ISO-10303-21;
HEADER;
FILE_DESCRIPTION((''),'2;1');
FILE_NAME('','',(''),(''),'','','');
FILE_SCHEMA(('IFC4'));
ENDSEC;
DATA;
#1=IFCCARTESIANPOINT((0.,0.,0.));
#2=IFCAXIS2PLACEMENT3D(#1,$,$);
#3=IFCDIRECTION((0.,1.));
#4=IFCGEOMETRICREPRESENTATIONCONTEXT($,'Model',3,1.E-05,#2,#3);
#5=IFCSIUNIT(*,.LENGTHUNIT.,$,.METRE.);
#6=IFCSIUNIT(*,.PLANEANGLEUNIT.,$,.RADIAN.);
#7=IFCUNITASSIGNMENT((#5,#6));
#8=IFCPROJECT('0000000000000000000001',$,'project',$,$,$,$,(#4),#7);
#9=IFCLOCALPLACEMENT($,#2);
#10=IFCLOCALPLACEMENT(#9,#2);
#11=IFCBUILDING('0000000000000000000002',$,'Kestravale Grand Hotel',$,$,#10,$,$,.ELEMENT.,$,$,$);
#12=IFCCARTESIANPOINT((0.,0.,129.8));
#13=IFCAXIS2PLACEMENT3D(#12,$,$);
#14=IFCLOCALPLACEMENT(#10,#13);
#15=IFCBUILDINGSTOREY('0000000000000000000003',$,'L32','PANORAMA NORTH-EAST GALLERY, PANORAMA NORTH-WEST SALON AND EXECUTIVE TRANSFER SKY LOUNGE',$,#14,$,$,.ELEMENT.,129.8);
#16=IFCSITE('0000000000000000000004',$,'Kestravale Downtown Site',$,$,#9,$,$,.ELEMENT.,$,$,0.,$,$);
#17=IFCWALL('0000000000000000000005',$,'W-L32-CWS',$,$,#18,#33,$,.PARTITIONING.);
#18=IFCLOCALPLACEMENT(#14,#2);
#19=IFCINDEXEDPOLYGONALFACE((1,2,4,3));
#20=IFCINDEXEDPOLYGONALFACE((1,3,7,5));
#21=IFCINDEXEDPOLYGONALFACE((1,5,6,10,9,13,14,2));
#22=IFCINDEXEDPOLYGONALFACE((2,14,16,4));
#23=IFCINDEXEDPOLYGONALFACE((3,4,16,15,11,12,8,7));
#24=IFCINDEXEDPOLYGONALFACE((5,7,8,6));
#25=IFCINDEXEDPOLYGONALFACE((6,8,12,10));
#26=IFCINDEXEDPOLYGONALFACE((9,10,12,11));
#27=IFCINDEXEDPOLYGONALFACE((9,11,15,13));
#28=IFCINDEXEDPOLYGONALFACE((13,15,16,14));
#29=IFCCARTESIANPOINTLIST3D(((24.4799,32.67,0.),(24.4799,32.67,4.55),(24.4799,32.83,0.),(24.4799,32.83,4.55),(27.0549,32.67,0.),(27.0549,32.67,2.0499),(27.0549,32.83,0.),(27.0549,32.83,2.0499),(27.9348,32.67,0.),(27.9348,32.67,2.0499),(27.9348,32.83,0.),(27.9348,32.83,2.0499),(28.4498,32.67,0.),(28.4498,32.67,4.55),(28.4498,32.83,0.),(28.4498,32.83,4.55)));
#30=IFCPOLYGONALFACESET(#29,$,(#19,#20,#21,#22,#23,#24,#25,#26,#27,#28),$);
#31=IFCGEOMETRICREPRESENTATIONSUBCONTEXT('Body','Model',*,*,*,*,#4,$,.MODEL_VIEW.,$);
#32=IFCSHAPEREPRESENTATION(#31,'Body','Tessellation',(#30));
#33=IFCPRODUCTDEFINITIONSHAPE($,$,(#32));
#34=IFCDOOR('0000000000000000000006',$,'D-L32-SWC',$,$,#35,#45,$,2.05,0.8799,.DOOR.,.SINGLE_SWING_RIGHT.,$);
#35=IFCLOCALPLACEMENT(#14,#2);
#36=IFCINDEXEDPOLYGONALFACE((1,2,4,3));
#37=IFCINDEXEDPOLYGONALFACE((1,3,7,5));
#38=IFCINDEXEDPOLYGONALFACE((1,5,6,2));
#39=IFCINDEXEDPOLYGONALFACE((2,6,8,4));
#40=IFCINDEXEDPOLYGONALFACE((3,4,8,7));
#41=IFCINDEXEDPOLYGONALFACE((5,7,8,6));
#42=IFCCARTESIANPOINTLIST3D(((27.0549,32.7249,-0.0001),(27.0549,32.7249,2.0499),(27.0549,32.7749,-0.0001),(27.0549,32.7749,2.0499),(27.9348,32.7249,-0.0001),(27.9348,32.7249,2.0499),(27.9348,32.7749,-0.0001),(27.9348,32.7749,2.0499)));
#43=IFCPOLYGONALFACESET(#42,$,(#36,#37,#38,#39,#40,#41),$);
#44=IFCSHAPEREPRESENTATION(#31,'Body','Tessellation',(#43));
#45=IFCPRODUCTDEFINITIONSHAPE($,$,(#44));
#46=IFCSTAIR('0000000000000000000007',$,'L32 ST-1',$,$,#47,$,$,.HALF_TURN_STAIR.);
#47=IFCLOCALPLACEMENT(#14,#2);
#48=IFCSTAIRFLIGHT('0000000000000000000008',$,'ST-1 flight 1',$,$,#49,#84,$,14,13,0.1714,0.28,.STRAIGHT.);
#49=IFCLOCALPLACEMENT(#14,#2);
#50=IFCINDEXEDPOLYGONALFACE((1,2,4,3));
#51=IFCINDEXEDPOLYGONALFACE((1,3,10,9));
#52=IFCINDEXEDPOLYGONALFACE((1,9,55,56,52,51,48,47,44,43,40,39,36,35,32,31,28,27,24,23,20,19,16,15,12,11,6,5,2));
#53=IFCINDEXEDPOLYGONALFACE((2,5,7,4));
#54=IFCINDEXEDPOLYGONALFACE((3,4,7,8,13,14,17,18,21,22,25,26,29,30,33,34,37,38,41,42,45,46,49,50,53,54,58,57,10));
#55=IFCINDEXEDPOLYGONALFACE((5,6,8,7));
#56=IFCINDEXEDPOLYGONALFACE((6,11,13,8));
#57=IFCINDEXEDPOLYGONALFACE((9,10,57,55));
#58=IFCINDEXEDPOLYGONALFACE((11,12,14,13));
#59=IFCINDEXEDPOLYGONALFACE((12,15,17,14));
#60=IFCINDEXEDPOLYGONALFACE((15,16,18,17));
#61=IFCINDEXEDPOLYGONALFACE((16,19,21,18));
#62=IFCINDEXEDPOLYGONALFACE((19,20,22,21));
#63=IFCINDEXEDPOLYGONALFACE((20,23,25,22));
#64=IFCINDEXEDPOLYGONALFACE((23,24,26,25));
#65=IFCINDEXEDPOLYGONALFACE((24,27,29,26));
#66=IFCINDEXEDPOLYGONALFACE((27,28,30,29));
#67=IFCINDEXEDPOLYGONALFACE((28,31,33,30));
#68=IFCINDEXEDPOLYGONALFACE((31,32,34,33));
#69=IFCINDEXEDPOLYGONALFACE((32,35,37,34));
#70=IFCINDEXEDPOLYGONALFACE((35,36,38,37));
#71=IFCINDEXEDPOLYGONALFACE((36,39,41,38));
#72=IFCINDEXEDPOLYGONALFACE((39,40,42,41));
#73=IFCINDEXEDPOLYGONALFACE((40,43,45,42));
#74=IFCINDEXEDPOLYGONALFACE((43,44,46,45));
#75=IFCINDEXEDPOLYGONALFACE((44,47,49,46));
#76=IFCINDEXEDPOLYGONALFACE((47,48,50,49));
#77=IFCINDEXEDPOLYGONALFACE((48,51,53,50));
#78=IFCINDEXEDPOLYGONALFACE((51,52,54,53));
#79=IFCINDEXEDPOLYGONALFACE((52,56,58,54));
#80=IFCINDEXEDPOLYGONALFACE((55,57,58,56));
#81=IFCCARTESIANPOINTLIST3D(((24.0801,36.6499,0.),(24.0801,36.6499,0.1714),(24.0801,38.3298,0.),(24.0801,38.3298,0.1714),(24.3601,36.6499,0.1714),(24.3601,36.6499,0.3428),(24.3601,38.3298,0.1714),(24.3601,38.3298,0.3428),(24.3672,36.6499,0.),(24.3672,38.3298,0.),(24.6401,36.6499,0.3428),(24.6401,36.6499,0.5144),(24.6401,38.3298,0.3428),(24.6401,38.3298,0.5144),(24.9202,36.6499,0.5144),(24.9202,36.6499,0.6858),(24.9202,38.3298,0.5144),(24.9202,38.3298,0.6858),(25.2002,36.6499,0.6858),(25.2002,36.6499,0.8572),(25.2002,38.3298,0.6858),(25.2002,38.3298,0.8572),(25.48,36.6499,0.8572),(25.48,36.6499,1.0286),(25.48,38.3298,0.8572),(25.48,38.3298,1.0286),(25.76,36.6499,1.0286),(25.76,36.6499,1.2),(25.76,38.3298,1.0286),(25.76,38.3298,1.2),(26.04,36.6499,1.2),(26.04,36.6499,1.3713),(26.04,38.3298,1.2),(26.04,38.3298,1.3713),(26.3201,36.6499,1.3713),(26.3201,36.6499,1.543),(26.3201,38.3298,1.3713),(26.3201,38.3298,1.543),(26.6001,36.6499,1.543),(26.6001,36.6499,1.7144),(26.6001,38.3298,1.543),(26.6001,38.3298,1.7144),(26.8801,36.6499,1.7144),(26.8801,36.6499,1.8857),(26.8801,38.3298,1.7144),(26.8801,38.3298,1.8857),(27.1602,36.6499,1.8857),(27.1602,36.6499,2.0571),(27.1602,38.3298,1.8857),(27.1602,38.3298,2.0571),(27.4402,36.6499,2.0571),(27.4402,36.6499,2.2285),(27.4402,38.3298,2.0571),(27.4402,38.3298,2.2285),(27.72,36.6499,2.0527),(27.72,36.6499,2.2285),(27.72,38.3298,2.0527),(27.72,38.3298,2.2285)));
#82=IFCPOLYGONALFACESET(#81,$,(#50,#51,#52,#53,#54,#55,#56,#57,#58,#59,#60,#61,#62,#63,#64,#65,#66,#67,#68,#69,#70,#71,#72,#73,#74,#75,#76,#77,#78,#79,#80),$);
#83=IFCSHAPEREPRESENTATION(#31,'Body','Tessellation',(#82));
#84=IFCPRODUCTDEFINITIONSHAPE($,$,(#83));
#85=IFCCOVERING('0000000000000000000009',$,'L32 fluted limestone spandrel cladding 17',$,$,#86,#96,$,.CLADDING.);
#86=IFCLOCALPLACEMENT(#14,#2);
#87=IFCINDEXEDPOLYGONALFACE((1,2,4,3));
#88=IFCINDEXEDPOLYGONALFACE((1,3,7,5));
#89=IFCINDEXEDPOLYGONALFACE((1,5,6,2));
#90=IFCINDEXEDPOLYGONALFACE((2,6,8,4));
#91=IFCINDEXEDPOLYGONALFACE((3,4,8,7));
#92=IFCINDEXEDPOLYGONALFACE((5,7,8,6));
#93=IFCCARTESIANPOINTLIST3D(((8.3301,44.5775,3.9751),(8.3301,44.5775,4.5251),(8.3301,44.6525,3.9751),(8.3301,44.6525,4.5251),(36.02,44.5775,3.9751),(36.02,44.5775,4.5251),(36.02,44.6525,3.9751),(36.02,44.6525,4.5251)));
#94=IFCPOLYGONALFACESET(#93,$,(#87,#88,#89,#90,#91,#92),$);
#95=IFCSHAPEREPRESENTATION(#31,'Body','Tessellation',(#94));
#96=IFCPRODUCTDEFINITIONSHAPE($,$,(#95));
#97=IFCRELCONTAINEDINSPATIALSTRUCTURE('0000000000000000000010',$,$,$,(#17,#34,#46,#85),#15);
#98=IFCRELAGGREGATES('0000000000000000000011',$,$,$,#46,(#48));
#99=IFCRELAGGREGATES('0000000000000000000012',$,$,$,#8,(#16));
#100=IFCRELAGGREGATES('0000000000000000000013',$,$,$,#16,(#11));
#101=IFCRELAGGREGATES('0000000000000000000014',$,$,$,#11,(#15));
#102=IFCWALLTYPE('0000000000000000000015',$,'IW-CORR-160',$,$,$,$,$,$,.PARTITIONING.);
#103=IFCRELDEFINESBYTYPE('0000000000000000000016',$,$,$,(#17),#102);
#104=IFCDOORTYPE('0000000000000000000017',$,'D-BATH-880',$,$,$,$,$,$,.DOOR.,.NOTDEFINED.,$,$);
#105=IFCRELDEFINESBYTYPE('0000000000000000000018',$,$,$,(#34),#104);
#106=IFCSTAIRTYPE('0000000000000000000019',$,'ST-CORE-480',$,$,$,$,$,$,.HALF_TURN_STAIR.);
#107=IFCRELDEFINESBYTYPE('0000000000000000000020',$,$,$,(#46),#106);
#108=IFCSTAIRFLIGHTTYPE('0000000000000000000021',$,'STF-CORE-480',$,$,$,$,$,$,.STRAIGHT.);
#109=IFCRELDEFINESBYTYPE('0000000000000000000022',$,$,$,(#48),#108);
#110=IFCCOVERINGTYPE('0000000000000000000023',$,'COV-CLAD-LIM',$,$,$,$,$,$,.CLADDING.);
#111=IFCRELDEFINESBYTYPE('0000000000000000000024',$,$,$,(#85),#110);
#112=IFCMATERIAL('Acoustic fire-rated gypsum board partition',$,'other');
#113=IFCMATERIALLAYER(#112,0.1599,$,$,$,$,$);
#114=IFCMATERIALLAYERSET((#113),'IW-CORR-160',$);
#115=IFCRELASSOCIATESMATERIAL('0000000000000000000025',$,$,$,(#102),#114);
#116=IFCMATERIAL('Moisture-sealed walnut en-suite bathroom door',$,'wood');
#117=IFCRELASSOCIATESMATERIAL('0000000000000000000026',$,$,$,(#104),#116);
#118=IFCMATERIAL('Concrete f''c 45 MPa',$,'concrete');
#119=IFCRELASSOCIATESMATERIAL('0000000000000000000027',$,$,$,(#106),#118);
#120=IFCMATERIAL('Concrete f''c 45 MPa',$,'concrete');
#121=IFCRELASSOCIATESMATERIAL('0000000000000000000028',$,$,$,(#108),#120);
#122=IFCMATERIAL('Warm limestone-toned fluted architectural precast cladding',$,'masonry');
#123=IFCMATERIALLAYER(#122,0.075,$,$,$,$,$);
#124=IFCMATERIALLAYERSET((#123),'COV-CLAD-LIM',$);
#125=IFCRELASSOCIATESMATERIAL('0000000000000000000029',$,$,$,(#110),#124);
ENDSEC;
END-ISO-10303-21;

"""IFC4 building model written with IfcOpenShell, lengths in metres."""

from ifc_helpers import new_model, si_unit, direction, frame, frame_2d, origin, origin_2d, place, context, subcontext, project, spatial, polyline, rectangle, outline, extrude, material, layer, layer_set, type_object, element, fill, aggregate, save


model = new_model("IFC4")

# Units and contexts
model_context = context("Model", 3, precision=1e-05, world=origin(), true_north=direction((0.0, 1.0)))
body_context = subcontext(model_context, "Body", "Model", "MODEL_VIEW")
ifc_project = project(units=[si_unit("LENGTHUNIT", "METRE"), si_unit("PLANEANGLEUNIT", "RADIAN")], contexts=[model_context])

# Site, building, storey
site_placement = place(None, origin())
site = spatial("IfcSite", under=ifc_project, at=site_placement, Name="Kestravale Downtown Site", CompositionType="ELEMENT", RefElevation=0.0)
building_placement = place(site_placement, origin())
building = spatial("IfcBuilding", under=site, at=building_placement, Name="Kestravale Grand Hotel", CompositionType="ELEMENT")
storey_placement = place(building_placement, frame((0.0, 0.0, 129.8)))
storey = spatial("IfcBuildingStorey", under=building, at=storey_placement, Name="L32", Description="PANORAMA NORTH-EAST GALLERY, PANORAMA NORTH-WEST SALON AND EXECUTIVE TRANSFER SKY LOUNGE", CompositionType="ELEMENT", Elevation=129.8)

# Wall, opening, door
ifc_material_1 = material(Name="Acoustic fire-rated gypsum board partition", Category="other")
ifc_layer_1 = layer(ifc_material_1, 0.1599)
ifc_layer_set_1 = layer_set([ifc_layer_1], Name="IW-CORR-160")
wall_type_1 = type_object("IfcWallType", Name="IW-CORR-160", PredefinedType="PARTITIONING", material=ifc_layer_set_1)
wall_1_placement = place(storey_placement, frame((24.48, 32.75, 0.0), z_axis=(0.0, 0.0, 1.0), x_axis=(1.0, 0.0, 0.0)))
wall_1 = element("IfcWall", 1, at=wall_1_placement, inside=storey, type_object=wall_type_1, Name="W-L32-CWS", PredefinedType="PARTITIONING", context=body_context, shape_type="SweptSolid", body=[
    extrude(rectangle(XDim=3.97, YDim=0.1599, at=frame_2d((1.9849, 0.0))), origin(), (0.0, 0.0, 1.0), 4.55),
])
opening_1_placement = place(wall_1_placement, frame((2.575, 0.0, 0.0)))
opening_1 = element("IfcOpeningElement", 2, at=opening_1_placement, cuts=wall_1, PredefinedType="OPENING", context=body_context, shape_type="SweptSolid", body=[
    extrude(rectangle(XDim=0.8799, YDim=2.05, at=frame_2d((0.4399, 1.0249))), frame((0.0, 0.0898, 0.0), z_axis=(0.0, -1.0, 0.0), x_axis=(1.0, 0.0, 0.0)), (0.0, 0.0, 1.0), 0.1799),
])
ifc_material_2 = material(Name="Moisture-sealed walnut en-suite bathroom door", Category="wood")
door_type_1 = type_object("IfcDoorType", Name="D-BATH-880", OperationType="NOTDEFINED", PredefinedType="DOOR", material=ifc_material_2)
door_1_placement = place(opening_1_placement, origin())
door_1 = element("IfcDoor", 3, at=door_1_placement, inside=storey, type_object=door_type_1, Name="D-L32-SWC", OperationType="SINGLE_SWING_RIGHT", OverallHeight=2.05, OverallWidth=0.8799, PredefinedType="DOOR", context=body_context, shape_type="SweptSolid", body=[
    extrude(rectangle(XDim=0.8799, YDim=2.05, at=frame_2d((0.4399, 1.0249))), frame((0.0, 0.0249, 0.0), z_axis=(0.0, -1.0, 0.0), x_axis=(1.0, 0.0, 0.0)), (0.0, 0.0, 1.0), 0.05),
])
fill(opening_1, door_1)

# Stair, stair flight
ifc_material_3 = material(Name="Concrete f'c 45 MPa", Category="concrete")
stair_type = type_object("IfcStairType", Name="ST-CORE-480", PredefinedType="HALF_TURN_STAIR", material=ifc_material_3)
stair_placement = place(storey_placement, origin())
stair = element("IfcStair", 4, at=stair_placement, inside=storey, type_object=stair_type, Name="L32 ST-1", PredefinedType="HALF_TURN_STAIR")
ifc_material_4 = material(Name="Concrete f'c 45 MPa", Category="concrete")
stair_flight_type = type_object("IfcStairFlightType", Name="STF-CORE-480", PredefinedType="STRAIGHT", material=ifc_material_4)
stair_flight_placement = place(storey_placement, frame((24.0801, 37.49, 0.0), z_axis=(0.0, 0.0, 1.0), x_axis=(1.0, 0.0, 0.0)))
stair_flight = element("IfcStairFlight", 5, at=stair_flight_placement, type_object=stair_flight_type, Name="ST-1 flight 1", NumberOfRisers=14, NumberOfTreads=13, PredefinedType="STRAIGHT", RiserHeight=0.1714, TreadLength=0.28, context=body_context, shape_type="SweptSolid", body=[
    extrude(outline(polyline([(0.0, 0.0), (0.0, 0.1714), (0.28, 0.1714), (0.28, 0.3428), (0.5601, 0.3428), (0.5601, 0.5144), (0.8401, 0.5144), (0.8401, 0.6858), (1.1201, 0.6858), (1.1201, 0.8572), (1.3999, 0.8572), (1.3999, 1.0286), (1.6799, 1.0286), (1.6799, 1.2), (1.96, 1.2), (1.96, 1.3713), (2.24, 1.3713), (2.24, 1.543), (2.52, 1.543), (2.52, 1.7144), (2.8, 1.7144), (2.8, 1.8857), (3.0801, 1.8857), (3.0801, 2.0571), (3.3601, 2.0571), (3.3601, 2.2285), (3.6399, 2.2285), (3.6399, 2.3999), (3.6399, 2.0527), (0.2871, 0.0), (0.0, 0.0)])), frame((0.0, 0.8398, 0.0), z_axis=(0.0, -1.0, 0.0), x_axis=(1.0, 0.0, 0.0)), (0.0, 0.0, 1.0), 1.6799),
])
aggregate(stair, [stair_flight])

# Covering
ifc_material_5 = material(Name="Warm limestone-toned fluted architectural precast cladding", Category="masonry")
ifc_layer_2 = layer(ifc_material_5, 0.075)
ifc_layer_set_2 = layer_set([ifc_layer_2], Name="COV-CLAD-LIM")
covering_type = type_object("IfcCoveringType", Name="COV-CLAD-LIM", PredefinedType="CLADDING", material=ifc_layer_set_2)
covering_placement = place(storey_placement, frame((22.175, 44.615, 3.9751), z_axis=(0.0, 0.0, 1.0), x_axis=(-1.0, 0.0, 0.0)))
element("IfcCovering", 6, at=covering_placement, inside=storey, type_object=covering_type, Name="L32 fluted limestone spandrel cladding 17", PredefinedType="CLADDING", context=body_context, shape_type="SweptSolid", body=[
    extrude(rectangle(XDim=27.6899, YDim=0.075, at=origin_2d()), origin(), (0.0, 0.0, 1.0), 0.55),
])

save(model, "model.ifc")
